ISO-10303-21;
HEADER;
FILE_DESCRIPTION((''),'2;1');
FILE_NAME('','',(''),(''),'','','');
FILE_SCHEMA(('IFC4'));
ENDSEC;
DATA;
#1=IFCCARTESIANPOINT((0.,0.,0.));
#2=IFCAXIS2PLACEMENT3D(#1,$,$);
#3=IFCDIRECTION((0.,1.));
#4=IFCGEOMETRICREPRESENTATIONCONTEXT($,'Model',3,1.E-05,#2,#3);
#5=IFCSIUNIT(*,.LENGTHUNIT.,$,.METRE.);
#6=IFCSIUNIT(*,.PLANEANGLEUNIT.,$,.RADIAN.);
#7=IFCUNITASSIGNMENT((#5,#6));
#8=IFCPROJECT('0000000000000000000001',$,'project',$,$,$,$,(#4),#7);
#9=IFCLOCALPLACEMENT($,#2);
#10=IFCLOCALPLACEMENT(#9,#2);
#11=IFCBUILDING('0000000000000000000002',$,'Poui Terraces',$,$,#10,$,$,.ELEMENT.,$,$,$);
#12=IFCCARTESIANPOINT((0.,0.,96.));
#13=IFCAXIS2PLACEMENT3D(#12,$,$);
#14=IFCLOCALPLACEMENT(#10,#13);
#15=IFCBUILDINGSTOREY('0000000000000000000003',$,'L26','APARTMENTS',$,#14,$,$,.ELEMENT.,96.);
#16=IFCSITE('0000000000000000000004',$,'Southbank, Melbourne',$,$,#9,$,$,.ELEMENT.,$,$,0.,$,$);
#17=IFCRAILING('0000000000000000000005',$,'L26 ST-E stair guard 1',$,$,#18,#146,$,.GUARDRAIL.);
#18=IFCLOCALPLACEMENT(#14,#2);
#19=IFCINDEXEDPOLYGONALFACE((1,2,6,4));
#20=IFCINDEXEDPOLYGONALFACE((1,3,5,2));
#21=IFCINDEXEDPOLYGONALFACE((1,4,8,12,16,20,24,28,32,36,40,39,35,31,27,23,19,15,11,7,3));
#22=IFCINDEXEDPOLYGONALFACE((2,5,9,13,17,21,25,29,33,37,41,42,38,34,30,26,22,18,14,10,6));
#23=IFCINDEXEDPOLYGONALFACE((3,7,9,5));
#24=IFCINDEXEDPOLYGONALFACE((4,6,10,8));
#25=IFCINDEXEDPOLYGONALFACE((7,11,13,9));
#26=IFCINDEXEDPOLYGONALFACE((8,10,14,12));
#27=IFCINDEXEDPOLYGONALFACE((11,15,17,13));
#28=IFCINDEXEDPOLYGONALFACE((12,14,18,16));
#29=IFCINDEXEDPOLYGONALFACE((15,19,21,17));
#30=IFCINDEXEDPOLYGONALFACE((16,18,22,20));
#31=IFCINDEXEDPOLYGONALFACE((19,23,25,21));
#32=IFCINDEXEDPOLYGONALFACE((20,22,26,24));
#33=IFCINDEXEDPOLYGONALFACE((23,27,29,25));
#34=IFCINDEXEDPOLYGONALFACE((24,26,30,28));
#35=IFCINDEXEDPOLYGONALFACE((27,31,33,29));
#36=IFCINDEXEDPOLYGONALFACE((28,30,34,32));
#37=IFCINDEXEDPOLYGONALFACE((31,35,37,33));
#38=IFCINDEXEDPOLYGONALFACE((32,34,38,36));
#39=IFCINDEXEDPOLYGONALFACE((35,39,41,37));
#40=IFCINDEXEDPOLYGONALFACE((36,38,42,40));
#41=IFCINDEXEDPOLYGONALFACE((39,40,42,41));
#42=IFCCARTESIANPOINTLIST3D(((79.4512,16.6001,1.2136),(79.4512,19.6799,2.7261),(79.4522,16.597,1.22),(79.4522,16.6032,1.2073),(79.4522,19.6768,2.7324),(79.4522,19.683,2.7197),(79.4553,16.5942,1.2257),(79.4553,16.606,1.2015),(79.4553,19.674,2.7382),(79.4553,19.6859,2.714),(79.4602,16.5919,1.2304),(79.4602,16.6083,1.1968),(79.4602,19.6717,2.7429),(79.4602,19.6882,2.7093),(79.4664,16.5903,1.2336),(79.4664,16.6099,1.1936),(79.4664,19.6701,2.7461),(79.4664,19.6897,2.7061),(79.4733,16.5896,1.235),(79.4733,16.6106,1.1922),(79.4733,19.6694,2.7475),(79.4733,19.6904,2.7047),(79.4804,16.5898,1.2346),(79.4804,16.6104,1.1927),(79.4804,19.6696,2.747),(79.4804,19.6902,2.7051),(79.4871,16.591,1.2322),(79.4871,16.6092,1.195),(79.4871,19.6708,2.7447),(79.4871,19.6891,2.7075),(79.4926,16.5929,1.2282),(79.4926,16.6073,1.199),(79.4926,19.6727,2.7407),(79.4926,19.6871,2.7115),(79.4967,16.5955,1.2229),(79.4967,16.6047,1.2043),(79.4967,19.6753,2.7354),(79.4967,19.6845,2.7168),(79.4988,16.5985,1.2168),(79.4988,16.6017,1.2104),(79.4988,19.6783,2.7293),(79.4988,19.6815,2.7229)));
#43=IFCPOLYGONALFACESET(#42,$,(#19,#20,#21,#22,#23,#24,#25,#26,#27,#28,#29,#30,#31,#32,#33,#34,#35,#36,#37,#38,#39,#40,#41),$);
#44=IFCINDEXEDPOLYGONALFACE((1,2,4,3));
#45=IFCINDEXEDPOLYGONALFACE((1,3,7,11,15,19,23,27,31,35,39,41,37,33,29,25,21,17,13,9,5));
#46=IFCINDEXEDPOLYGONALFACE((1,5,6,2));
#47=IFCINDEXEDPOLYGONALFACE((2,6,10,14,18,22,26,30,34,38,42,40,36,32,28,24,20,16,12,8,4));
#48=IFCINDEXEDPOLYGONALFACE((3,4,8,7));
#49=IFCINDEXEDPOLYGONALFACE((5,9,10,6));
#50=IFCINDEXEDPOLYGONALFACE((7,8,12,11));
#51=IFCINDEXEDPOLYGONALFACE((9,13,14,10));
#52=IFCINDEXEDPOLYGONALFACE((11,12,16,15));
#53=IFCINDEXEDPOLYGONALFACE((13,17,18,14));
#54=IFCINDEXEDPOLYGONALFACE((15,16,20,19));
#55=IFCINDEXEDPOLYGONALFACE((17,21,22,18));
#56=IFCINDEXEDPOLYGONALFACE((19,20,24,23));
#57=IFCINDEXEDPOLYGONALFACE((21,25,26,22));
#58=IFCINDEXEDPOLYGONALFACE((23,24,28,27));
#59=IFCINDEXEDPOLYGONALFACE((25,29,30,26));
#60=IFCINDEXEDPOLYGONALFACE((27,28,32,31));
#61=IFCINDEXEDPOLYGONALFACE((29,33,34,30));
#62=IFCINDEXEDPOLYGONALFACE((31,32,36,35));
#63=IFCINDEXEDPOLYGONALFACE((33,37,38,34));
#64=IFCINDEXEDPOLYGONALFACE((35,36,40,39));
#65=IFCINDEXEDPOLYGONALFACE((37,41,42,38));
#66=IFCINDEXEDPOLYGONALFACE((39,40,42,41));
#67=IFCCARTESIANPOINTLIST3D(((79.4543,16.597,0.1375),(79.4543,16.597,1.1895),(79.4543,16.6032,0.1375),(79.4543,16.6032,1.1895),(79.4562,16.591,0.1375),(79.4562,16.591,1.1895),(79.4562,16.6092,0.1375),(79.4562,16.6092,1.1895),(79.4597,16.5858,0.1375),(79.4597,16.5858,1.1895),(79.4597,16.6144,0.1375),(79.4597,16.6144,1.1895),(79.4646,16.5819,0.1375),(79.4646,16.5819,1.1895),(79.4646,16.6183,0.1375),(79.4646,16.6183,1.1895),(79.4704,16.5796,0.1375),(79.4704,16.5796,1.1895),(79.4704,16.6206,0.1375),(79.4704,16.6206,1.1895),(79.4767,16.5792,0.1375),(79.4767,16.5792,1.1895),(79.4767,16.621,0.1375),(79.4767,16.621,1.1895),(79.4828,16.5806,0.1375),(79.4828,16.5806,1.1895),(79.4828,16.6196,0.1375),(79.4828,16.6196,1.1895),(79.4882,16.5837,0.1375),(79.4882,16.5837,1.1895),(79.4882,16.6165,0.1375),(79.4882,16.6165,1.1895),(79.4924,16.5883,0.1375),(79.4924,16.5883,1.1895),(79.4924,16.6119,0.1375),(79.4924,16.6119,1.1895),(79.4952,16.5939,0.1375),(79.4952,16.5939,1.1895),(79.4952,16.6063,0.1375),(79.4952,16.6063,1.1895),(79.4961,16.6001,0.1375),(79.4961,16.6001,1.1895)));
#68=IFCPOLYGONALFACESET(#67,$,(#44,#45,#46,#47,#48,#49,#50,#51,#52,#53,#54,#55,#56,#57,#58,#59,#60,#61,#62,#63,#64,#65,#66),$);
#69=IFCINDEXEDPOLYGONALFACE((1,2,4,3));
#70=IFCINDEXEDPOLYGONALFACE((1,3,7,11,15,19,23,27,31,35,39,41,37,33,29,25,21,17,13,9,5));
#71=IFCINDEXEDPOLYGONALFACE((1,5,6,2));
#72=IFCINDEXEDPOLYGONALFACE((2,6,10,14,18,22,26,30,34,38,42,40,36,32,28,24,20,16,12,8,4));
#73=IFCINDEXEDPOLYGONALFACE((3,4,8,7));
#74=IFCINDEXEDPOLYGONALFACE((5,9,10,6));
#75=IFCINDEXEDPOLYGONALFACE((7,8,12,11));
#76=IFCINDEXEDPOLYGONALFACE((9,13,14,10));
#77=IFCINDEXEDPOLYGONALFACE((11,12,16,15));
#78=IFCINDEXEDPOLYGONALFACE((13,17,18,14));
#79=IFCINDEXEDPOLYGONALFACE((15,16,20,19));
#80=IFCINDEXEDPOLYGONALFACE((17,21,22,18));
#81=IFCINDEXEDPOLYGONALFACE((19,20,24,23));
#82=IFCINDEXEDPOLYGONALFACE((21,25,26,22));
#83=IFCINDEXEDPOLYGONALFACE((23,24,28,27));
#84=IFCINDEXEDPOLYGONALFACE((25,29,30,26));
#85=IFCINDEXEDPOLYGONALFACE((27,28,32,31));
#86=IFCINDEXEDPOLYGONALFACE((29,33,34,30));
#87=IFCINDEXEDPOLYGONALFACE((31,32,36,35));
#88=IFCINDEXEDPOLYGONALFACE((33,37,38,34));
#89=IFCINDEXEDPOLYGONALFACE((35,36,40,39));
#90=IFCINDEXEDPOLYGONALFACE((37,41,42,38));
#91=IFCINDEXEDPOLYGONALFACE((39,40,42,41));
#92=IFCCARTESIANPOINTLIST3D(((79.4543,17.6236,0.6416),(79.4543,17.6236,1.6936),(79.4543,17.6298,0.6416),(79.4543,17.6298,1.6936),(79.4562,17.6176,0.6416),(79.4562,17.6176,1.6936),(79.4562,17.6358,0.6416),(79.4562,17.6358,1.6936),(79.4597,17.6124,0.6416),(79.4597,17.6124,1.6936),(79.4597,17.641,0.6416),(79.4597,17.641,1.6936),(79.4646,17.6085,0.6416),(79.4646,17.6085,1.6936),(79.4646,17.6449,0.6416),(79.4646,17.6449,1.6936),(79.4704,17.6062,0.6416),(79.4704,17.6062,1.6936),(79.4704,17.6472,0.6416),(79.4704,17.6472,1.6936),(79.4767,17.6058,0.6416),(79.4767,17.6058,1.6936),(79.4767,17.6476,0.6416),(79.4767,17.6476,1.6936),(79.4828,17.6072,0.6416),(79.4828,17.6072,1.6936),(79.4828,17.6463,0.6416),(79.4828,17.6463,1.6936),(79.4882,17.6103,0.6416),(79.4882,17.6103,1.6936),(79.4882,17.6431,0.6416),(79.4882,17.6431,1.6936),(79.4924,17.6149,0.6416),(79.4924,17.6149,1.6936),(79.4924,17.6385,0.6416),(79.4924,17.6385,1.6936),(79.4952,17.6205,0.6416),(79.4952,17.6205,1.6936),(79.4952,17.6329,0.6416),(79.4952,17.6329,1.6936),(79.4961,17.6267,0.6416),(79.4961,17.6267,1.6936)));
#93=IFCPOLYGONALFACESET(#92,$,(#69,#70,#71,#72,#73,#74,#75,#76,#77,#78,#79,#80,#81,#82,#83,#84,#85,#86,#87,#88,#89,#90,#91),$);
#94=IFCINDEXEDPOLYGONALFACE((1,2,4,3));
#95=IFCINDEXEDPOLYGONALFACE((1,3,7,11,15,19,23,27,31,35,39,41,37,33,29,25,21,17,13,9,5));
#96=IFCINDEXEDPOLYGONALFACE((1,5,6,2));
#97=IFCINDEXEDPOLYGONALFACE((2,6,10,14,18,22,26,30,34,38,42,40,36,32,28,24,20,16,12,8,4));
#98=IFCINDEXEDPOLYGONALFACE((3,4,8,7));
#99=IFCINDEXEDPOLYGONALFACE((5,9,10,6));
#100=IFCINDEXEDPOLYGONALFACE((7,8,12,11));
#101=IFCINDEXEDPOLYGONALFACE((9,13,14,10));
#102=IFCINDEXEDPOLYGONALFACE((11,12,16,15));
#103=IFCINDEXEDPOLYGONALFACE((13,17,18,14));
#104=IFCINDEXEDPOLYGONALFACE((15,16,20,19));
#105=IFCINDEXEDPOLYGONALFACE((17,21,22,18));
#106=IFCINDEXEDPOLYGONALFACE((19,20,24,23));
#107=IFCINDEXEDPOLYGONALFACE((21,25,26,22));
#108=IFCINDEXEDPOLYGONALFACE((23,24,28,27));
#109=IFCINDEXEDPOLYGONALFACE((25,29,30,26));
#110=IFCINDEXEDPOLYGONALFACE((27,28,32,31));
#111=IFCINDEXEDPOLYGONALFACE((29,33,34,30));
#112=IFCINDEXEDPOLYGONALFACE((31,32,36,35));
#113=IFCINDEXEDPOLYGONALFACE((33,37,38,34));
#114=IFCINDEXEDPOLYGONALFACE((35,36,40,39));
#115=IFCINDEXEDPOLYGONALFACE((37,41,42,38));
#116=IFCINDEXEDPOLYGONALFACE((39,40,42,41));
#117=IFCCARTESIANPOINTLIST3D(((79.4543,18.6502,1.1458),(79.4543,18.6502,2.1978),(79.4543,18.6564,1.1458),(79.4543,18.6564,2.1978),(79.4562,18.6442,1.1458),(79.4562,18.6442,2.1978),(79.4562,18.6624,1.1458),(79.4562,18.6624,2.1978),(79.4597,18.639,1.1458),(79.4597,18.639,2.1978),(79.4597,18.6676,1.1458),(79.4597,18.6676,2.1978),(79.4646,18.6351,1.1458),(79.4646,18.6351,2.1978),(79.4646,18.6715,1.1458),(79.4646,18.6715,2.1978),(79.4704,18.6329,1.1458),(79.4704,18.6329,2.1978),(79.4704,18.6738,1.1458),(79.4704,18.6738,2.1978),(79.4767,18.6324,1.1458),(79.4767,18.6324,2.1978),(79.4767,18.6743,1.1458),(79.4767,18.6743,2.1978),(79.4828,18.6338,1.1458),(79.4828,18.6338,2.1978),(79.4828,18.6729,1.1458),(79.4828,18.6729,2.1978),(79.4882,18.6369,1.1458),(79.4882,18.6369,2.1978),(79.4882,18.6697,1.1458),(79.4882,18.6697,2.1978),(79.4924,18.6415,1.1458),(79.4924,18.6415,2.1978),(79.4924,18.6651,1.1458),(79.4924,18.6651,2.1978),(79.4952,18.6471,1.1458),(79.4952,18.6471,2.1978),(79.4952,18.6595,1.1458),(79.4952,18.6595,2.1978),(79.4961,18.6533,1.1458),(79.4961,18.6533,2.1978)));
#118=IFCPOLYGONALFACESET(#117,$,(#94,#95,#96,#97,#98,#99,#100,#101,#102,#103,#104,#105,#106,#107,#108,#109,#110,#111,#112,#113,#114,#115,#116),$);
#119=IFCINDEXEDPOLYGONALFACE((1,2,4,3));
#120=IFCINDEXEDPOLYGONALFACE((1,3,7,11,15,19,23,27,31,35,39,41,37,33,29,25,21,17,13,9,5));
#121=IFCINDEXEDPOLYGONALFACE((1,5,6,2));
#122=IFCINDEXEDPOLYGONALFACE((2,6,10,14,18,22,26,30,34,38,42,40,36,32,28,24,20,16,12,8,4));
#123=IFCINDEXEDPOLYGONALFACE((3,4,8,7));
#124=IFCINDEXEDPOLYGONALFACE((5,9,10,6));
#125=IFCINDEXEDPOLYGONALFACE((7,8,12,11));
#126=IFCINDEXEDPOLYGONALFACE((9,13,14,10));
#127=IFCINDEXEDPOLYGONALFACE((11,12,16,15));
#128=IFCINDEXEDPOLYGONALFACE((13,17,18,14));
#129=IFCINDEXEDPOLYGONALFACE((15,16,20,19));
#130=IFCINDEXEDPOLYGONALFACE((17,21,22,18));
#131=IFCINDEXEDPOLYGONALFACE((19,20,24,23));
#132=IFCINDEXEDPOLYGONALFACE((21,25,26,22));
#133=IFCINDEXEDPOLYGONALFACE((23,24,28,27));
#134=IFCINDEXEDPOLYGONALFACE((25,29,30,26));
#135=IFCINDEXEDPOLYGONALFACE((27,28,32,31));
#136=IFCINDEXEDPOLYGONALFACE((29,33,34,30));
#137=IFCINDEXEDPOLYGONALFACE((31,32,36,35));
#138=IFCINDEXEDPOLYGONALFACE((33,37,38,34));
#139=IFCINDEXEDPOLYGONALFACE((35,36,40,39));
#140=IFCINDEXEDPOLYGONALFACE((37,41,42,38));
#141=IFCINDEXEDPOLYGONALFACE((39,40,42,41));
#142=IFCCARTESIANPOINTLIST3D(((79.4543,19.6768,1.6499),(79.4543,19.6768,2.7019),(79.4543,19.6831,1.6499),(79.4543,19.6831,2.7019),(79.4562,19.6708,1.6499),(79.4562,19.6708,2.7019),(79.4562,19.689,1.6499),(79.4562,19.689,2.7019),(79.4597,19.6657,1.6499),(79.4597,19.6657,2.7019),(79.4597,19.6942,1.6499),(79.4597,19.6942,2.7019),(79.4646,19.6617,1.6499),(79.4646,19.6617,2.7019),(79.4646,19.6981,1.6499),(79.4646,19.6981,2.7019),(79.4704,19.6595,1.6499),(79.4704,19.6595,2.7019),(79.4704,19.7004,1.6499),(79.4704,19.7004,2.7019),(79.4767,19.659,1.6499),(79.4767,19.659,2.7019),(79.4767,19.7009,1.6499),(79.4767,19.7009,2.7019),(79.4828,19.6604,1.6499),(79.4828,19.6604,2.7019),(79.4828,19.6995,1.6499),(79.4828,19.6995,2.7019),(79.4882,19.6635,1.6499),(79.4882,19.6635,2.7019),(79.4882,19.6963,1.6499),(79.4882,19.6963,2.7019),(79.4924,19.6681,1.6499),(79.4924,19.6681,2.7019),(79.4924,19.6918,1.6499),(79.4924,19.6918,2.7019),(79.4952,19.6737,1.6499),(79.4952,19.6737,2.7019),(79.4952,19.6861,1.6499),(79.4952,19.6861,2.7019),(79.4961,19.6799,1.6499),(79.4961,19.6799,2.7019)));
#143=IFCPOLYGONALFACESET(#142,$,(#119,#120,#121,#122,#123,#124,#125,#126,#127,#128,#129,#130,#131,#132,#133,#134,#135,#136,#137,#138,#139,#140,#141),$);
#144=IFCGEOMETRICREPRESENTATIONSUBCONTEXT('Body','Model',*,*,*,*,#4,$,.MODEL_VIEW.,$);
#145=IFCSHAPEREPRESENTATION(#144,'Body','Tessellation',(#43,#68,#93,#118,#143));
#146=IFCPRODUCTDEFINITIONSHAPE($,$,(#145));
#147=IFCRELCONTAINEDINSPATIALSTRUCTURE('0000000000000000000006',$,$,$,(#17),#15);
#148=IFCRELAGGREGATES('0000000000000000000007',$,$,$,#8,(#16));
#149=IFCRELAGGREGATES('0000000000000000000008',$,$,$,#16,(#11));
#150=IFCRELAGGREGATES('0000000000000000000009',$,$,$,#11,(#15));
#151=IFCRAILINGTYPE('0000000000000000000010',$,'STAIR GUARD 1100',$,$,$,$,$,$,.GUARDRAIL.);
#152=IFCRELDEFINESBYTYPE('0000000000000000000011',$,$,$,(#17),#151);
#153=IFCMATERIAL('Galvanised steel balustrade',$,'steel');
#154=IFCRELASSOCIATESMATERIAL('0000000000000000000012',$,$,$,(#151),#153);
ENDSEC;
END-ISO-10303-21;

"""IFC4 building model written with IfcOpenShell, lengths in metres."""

from ifc_helpers import new_model, si_unit, direction, frame, origin, origin_2d, place, context, subcontext, project, spatial, circle, extrude, material, type_object, element, save


model = new_model("IFC4")

# Units and contexts
model_context = context("Model", 3, precision=1e-05, world=origin(), true_north=direction((0.0, 1.0)))
body_context = subcontext(model_context, "Body", "Model", "MODEL_VIEW")
ifc_project = project(units=[si_unit("LENGTHUNIT", "METRE"), si_unit("PLANEANGLEUNIT", "RADIAN")], contexts=[model_context])

# Site, building, storey
site_placement = place(None, origin())
site = spatial("IfcSite", under=ifc_project, at=site_placement, Name="Southbank, Melbourne", CompositionType="ELEMENT", RefElevation=0.0)
building_placement = place(site_placement, origin())
building = spatial("IfcBuilding", under=site, at=building_placement, Name="Poui Terraces", CompositionType="ELEMENT")
storey_placement = place(building_placement, frame((0.0, 0.0, 96.0)))
storey = spatial("IfcBuildingStorey", under=building, at=storey_placement, Name="L26", Description="APARTMENTS", CompositionType="ELEMENT", Elevation=96.0)

# Railing
ifc_material_1 = material(Name="Galvanised steel balustrade", Category="steel")
railing_type_1 = type_object("IfcRailingType", Name="STAIR GUARD 1100", PredefinedType="GUARDRAIL", material=ifc_material_1)
for number, where, name in (
    (1, (79.4751, 16.6001, 0.1375), "L26 ST-E stair guard 1"),
):
    element("IfcRailing", number, at=place(storey_placement, frame(where)), inside=storey, type_object=railing_type_1, Name=name, PredefinedType="GUARDRAIL", context=body_context, shape_type="SweptSolid", body=[
        extrude(circle(Radius=0.0239, at=origin_2d()), frame((0.0, 0.0, 1.0762), z_axis=(0.0, 0.897606, 0.440798), x_axis=(-1.0, 0.0, 0.0)), (0.0, 0.0, 1.0), 3.4312),
        extrude(circle(Radius=0.021, at=origin_2d()), origin(), (0.0, 0.0, 1.0), 1.052),
        extrude(circle(Radius=0.021, at=origin_2d()), frame((0.0, 1.0266, 0.5042)), (0.0, 0.0, 1.0), 1.052),
        extrude(circle(Radius=0.021, at=origin_2d()), frame((0.0, 2.0532, 1.0083)), (0.0, 0.0, 1.0), 1.052),
        extrude(circle(Radius=0.021, at=origin_2d()), frame((0.0, 3.0798, 1.5125)), (0.0, 0.0, 1.0), 1.052),
    ])

save(model, "model.ifc")
